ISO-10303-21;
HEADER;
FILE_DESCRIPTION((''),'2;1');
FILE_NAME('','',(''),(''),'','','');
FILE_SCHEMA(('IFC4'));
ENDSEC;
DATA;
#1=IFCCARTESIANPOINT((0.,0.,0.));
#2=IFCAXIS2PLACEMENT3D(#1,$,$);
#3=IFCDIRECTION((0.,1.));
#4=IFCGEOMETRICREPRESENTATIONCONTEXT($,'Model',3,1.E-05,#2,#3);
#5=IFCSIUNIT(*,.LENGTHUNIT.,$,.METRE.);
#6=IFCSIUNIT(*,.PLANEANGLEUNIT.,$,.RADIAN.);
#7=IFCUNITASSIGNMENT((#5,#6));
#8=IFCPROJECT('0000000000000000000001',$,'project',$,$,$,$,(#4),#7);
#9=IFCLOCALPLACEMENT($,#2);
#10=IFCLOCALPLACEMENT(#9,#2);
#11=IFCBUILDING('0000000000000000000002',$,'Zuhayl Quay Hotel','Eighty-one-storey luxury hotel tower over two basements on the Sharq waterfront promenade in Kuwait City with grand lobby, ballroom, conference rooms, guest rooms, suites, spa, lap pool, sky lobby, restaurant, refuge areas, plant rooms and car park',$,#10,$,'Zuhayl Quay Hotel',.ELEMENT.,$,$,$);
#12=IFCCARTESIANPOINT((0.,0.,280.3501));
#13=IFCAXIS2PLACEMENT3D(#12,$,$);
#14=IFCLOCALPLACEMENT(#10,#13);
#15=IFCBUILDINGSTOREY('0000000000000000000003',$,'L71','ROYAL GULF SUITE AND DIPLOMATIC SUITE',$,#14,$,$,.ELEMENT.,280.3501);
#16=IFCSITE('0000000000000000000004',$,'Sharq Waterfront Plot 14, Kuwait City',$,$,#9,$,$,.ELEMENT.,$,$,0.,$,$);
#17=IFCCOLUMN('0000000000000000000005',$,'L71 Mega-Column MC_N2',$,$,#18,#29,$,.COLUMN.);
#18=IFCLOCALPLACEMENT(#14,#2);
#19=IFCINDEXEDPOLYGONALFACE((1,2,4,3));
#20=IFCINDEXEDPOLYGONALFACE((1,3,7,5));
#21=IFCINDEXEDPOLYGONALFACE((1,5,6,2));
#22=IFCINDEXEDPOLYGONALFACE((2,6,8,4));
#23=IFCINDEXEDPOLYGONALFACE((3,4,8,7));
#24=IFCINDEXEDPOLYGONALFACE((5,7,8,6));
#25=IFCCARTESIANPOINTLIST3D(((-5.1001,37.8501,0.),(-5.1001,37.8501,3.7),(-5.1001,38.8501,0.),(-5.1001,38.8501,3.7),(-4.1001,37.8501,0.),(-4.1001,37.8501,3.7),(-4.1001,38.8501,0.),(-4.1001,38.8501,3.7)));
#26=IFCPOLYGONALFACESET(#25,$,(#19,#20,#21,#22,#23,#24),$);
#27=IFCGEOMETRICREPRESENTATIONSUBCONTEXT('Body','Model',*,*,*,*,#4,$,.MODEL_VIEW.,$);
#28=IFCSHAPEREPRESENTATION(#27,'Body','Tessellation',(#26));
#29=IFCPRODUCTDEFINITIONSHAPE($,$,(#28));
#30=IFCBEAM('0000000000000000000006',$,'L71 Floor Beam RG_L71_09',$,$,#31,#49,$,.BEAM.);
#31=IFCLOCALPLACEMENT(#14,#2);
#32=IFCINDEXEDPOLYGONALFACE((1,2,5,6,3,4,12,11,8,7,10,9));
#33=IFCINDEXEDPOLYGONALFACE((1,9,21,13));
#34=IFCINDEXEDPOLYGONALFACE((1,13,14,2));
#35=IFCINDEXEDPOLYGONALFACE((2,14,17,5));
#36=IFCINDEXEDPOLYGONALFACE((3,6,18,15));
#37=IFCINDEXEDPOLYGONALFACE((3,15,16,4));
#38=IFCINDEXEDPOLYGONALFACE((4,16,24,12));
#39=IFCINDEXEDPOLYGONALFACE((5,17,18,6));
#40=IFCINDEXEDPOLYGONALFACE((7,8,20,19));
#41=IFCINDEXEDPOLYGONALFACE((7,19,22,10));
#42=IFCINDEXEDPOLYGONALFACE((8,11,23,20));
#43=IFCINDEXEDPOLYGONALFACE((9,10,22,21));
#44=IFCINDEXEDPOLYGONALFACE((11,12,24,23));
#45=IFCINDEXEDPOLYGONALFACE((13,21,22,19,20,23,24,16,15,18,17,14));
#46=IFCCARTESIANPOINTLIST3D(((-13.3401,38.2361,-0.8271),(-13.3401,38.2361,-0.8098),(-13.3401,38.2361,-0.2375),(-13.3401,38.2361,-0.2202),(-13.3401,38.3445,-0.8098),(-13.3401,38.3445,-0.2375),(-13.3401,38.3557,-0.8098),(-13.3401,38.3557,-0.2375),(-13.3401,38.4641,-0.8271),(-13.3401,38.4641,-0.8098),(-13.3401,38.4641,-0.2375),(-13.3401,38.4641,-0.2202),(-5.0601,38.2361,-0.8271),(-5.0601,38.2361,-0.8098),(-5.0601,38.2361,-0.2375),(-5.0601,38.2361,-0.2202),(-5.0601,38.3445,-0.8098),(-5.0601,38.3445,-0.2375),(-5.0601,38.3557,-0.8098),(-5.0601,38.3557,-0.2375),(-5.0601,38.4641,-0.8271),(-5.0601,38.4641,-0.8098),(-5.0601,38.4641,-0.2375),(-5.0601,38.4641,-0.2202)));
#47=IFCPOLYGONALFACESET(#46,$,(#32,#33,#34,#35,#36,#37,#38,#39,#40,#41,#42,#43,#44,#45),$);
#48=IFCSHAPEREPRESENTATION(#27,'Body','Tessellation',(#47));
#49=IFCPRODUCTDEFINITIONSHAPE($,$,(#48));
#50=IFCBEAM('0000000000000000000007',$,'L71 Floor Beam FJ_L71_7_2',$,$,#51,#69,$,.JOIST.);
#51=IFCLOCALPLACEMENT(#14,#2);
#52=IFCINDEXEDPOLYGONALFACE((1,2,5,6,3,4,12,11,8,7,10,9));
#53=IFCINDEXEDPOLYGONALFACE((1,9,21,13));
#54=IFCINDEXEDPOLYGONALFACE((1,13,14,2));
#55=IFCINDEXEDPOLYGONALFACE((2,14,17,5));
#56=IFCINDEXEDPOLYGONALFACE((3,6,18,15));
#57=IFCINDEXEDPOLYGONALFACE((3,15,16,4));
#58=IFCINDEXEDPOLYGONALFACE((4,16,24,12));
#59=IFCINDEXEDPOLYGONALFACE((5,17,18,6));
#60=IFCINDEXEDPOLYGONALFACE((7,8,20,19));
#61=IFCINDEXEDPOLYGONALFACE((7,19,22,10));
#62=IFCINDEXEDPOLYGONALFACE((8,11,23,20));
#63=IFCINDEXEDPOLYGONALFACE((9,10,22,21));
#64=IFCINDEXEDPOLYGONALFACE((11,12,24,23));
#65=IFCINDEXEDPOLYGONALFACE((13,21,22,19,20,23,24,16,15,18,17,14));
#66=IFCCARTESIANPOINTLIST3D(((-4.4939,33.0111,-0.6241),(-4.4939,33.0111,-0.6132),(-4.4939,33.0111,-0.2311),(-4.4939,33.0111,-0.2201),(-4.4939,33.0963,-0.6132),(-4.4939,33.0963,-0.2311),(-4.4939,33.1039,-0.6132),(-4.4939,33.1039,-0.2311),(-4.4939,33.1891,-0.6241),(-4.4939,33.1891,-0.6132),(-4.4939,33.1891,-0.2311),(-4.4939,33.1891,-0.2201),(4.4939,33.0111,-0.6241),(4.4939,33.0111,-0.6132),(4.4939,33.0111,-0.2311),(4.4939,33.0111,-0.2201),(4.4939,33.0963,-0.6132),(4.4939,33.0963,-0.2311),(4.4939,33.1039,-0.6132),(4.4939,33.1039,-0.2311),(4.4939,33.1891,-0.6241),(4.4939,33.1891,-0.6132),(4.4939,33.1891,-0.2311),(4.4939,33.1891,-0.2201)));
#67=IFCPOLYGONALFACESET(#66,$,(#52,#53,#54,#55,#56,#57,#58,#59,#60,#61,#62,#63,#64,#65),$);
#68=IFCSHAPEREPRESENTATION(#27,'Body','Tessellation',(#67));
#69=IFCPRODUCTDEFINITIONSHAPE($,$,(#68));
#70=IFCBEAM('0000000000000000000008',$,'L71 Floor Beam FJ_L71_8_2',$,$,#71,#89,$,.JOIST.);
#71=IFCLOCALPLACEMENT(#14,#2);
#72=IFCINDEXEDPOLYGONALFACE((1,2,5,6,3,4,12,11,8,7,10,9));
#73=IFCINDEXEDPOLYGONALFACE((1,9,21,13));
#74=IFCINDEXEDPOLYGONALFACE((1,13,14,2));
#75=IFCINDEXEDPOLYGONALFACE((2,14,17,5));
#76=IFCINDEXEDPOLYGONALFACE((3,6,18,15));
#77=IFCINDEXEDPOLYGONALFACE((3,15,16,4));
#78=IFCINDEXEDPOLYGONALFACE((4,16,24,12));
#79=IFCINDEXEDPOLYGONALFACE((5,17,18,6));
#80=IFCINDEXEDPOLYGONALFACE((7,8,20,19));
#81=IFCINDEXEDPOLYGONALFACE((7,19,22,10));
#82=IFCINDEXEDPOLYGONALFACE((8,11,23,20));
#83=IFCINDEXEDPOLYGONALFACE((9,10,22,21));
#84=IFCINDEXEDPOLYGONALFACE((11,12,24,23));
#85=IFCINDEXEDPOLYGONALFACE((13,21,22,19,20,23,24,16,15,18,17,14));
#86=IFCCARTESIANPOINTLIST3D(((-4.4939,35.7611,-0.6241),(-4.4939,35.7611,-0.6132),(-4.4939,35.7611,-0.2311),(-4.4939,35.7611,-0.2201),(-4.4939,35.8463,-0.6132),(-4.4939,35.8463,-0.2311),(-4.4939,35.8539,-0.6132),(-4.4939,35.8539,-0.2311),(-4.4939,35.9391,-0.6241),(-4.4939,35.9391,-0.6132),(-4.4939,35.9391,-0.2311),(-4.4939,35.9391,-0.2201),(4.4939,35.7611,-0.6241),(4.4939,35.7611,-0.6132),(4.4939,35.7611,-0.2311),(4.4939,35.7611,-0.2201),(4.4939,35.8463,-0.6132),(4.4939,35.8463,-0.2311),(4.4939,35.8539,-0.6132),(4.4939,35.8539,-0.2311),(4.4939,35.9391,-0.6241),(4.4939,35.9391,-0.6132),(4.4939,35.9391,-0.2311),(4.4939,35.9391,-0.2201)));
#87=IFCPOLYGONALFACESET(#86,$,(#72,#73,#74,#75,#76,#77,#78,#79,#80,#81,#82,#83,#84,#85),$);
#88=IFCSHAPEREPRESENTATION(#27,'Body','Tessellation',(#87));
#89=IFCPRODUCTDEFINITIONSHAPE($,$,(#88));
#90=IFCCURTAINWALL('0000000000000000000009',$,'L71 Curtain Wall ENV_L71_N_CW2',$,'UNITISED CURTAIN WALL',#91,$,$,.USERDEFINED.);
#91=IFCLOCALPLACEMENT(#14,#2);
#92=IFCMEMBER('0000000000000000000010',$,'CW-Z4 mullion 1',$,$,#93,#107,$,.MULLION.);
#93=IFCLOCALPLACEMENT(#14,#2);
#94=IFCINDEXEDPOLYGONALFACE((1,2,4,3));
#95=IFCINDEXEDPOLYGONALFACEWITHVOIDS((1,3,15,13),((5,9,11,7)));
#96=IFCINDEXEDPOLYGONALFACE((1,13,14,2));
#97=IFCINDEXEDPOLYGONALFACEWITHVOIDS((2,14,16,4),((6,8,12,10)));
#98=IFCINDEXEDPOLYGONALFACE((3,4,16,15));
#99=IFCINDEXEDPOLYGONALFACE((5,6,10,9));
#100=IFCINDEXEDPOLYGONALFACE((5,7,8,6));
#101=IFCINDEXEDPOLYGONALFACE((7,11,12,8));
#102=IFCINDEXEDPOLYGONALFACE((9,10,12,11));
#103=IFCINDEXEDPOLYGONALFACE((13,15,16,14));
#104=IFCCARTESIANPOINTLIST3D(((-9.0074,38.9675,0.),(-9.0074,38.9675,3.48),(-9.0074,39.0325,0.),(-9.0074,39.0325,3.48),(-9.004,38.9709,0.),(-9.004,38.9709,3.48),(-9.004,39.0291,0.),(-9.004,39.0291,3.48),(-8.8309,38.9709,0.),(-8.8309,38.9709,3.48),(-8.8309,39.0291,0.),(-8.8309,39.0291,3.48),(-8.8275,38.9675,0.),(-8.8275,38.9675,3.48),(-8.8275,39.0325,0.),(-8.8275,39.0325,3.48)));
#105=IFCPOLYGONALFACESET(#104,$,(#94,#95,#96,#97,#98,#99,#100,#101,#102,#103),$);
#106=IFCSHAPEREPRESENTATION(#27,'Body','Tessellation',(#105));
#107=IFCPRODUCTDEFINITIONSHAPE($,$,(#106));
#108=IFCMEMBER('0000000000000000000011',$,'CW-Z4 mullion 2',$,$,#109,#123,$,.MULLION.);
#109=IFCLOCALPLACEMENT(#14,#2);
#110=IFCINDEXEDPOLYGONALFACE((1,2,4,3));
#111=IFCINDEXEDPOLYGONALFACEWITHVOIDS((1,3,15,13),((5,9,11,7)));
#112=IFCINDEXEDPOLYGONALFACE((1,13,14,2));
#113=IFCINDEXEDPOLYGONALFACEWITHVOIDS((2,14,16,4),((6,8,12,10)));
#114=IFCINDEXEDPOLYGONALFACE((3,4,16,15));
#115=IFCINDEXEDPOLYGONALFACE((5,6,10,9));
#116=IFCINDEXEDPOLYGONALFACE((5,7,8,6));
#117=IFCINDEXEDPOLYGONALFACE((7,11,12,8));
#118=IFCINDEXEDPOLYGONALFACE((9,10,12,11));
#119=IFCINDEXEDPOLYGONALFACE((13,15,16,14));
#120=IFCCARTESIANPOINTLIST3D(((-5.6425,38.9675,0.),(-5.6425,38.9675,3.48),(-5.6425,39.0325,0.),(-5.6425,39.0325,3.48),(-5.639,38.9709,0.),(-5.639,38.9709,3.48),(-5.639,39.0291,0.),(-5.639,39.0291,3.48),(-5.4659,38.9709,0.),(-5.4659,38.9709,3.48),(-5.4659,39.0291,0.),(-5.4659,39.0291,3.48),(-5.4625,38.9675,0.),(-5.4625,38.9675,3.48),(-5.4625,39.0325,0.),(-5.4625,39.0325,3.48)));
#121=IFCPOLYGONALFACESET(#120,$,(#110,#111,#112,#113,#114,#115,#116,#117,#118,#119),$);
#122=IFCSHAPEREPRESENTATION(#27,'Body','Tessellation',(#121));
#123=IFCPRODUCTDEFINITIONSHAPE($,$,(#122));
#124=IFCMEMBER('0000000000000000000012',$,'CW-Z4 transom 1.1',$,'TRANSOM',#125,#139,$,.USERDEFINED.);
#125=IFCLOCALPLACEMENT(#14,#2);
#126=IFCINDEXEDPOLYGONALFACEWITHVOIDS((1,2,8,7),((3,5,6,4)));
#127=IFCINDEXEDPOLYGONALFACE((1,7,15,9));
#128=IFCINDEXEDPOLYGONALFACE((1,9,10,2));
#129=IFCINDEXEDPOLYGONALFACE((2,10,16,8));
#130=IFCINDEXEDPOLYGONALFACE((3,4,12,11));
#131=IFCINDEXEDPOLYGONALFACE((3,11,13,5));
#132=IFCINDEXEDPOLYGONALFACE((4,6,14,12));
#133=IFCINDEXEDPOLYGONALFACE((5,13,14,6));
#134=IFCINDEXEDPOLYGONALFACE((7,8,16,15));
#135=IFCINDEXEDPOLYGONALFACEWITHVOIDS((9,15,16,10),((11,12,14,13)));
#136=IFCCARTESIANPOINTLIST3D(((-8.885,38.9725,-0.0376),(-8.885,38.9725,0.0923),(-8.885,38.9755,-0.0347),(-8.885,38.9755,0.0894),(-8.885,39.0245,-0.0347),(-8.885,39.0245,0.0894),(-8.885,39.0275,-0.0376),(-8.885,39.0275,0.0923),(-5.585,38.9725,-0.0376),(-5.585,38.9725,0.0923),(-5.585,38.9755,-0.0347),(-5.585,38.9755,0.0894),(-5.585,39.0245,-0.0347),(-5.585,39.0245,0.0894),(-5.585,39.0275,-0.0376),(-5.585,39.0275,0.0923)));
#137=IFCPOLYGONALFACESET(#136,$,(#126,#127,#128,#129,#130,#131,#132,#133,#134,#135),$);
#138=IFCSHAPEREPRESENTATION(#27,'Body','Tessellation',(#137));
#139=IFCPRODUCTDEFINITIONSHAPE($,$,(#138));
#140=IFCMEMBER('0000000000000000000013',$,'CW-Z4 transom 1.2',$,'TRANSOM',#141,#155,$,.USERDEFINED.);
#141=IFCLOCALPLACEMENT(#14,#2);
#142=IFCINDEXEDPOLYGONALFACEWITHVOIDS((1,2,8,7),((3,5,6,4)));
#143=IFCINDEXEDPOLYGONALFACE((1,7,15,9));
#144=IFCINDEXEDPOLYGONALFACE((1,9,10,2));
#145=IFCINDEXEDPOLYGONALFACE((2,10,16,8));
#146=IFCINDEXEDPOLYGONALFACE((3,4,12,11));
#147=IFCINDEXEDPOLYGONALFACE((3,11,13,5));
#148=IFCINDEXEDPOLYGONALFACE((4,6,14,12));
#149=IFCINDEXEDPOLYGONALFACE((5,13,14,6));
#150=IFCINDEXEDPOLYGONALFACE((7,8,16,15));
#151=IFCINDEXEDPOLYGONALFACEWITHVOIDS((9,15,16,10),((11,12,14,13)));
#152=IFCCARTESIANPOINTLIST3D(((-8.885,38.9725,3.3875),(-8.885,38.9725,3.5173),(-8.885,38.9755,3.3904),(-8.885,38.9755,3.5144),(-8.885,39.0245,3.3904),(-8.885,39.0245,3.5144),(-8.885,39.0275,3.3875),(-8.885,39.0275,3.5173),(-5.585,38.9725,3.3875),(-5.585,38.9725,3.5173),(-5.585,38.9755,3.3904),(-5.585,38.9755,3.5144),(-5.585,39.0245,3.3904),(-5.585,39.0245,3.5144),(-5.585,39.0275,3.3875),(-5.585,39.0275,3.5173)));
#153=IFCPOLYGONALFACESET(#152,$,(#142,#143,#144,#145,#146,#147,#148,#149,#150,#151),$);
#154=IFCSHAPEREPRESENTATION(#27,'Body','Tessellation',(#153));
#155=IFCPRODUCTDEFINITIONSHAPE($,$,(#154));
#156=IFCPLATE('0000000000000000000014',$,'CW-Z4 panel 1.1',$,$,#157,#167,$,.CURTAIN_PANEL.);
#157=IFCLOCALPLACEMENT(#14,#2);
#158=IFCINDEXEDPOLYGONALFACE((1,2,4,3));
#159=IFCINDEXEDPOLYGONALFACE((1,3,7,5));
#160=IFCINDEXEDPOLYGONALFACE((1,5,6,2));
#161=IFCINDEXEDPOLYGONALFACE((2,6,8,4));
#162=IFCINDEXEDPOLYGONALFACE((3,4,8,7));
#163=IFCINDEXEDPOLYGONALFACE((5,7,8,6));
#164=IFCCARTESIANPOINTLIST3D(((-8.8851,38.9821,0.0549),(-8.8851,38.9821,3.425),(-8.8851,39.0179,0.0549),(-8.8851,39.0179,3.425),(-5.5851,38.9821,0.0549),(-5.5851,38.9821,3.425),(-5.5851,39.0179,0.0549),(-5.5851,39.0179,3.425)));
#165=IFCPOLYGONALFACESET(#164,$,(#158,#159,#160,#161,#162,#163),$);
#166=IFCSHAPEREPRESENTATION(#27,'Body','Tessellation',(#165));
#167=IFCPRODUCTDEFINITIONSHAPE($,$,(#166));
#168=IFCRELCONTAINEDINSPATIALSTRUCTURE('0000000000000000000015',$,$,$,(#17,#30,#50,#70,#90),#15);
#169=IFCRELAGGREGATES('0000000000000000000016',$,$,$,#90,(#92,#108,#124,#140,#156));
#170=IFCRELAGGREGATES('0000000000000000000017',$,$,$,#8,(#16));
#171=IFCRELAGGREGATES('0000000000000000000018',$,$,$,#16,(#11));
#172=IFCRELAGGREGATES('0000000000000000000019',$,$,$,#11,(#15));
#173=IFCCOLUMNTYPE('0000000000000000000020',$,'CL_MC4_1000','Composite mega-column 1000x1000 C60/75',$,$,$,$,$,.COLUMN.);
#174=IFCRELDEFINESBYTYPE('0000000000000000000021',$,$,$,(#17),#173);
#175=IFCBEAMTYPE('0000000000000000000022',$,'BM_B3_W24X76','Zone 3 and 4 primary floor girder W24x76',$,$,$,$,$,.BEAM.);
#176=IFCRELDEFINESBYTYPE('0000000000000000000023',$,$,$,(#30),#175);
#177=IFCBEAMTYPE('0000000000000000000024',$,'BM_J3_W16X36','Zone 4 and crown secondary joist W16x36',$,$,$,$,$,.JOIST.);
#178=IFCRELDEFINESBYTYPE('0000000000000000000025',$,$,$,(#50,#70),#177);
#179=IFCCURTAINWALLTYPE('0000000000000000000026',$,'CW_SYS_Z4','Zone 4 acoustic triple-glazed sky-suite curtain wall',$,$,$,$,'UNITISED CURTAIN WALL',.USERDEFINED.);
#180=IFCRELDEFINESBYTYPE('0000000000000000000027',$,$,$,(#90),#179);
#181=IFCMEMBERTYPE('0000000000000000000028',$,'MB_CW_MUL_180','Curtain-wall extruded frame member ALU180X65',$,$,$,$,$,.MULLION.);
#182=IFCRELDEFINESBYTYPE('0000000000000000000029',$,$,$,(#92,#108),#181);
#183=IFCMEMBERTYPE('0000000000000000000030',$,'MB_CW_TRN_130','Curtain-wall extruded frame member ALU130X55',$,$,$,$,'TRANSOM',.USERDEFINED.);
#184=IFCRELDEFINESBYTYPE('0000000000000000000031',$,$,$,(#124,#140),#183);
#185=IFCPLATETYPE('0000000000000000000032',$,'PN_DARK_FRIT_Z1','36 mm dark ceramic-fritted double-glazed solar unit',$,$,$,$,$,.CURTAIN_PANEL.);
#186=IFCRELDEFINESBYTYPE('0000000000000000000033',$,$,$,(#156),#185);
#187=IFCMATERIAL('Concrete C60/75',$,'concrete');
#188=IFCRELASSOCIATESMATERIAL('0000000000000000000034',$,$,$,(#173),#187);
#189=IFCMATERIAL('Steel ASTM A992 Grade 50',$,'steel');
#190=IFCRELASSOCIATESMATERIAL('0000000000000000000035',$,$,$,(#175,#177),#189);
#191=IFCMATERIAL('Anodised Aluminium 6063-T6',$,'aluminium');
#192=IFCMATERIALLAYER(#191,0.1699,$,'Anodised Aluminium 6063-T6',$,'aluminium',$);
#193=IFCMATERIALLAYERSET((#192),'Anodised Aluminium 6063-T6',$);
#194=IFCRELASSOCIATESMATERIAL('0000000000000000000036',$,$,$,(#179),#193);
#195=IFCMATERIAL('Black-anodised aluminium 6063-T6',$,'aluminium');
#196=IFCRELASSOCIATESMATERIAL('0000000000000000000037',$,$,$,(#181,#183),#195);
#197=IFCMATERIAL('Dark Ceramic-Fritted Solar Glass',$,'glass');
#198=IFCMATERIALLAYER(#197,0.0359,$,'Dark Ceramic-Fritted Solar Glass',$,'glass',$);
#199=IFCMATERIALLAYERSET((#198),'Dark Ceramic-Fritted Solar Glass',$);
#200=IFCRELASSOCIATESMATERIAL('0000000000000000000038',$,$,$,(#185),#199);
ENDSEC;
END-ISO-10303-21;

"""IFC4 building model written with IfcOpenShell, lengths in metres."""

from ifc_helpers import new_model, si_unit, direction, frame, origin, origin_2d, place, context, subcontext, project, spatial, rectangle, hollow_rectangle, i_section, extrude, material, layer, layer_set, material_profile, profile_set, type_object, element, aggregate, save


model = new_model("IFC4")

# Units and contexts
model_context = context("Model", 3, precision=1e-05, world=origin(), true_north=direction((0.0, 1.0)))
body_context = subcontext(model_context, "Body", "Model", "MODEL_VIEW")
ifc_project = project(units=[si_unit("LENGTHUNIT", "METRE"), si_unit("PLANEANGLEUNIT", "RADIAN")], contexts=[model_context])

# Site, building, storey
site_placement = place(None, origin())
site = spatial("IfcSite", under=ifc_project, at=site_placement, Name="Sharq Waterfront Plot 14, Kuwait City", CompositionType="ELEMENT", RefElevation=0.0)
building_placement = place(site_placement, origin())
building = spatial("IfcBuilding", under=site, at=building_placement, Name="Zuhayl Quay Hotel", Description="Eighty-one-storey luxury hotel tower over two basements on the Sharq waterfront promenade in Kuwait City with grand lobby, ballroom, conference rooms, guest rooms, suites, spa, lap pool, sky lobby, restaurant, refuge areas, plant rooms and car park", LongName="Zuhayl Quay Hotel", CompositionType="ELEMENT")
storey_placement = place(building_placement, frame((0.0, 0.0, 280.3501)))
storey = spatial("IfcBuildingStorey", under=building, at=storey_placement, Name="L71", Description="ROYAL GULF SUITE AND DIPLOMATIC SUITE", CompositionType="ELEMENT", Elevation=280.3501)

# Column
ifc_material_1 = material(Name="Concrete C60/75", Category="concrete")
ifc_material_profile_1 = material_profile(ifc_material_1, rectangle(XDim=1.0, YDim=1.0, at=origin_2d()), Name="RC1000X1000")
ifc_profile_set_1 = profile_set([ifc_material_profile_1], Name="Concrete C60/75")
column_type = type_object("IfcColumnType", Name="CL_MC4_1000", Description="Composite mega-column 1000x1000 C60/75", PredefinedType="COLUMN", material=ifc_profile_set_1)
column_placement = place(storey_placement, frame((-4.6001, 38.3501, 0.0), z_axis=(0.0, 0.0, 1.0), x_axis=(1.0, 0.0, 0.0)))
element("IfcColumn", 1, at=column_placement, inside=storey, type_object=column_type, Name="L71 Mega-Column MC_N2", PredefinedType="COLUMN", context=body_context, shape_type="SweptSolid", body=[
    extrude(rectangle(XDim=1.0, YDim=1.0, at=origin_2d()), origin(), (0.0, 0.0, 1.0), 3.7),
])

# Beams
ifc_material_2 = material(Name="Steel ASTM A992 Grade 50", Category="steel")
ifc_material_profile_2 = material_profile(ifc_material_2, i_section(OverallWidth=0.228, OverallDepth=0.6069, WebThickness=0.0112, FlangeThickness=0.0173, at=origin_2d()), Name="W24X76")
ifc_profile_set_2 = profile_set([ifc_material_profile_2], Name="Steel ASTM A992 Grade 50")
beam_type_1 = type_object("IfcBeamType", Name="BM_B3_W24X76", Description="Zone 3 and 4 primary floor girder W24x76", PredefinedType="BEAM", material=ifc_profile_set_2)
beam_placement = place(storey_placement, frame((-5.0601, 38.3501, -0.5237), z_axis=(-1.0, 0.0, 0.0), x_axis=(0.0, -1.0, 0.0)))
element("IfcBeam", 2, at=beam_placement, inside=storey, type_object=beam_type_1, Name="L71 Floor Beam RG_L71_09", PredefinedType="BEAM", context=body_context, shape_type="SweptSolid", body=[
    extrude(i_section(OverallWidth=0.228, OverallDepth=0.6069, WebThickness=0.0112, FlangeThickness=0.0173, at=origin_2d()), origin(), (0.0, 0.0, 1.0), 8.28),
])
ifc_material_profile_3 = material_profile(ifc_material_2, i_section(OverallWidth=0.178, OverallDepth=0.4041, WebThickness=0.0076, FlangeThickness=0.011, at=origin_2d()), Name="W16X36")
ifc_profile_set_3 = profile_set([ifc_material_profile_3], Name="Steel ASTM A992 Grade 50")
beam_type_2 = type_object("IfcBeamType", Name="BM_J3_W16X36", Description="Zone 4 and crown secondary joist W16x36", PredefinedType="JOIST", material=ifc_profile_set_3)
for number, where, z_axis, x_axis, name in (
    (3, (-4.4939, 33.1001, -0.4221), (1.0, 0.0, 0.0), (0.0, 1.0, 0.0), "L71 Floor Beam FJ_L71_7_2"),
    (4, (-4.4939, 35.8501, -0.4221), (1.0, 0.0, 0.0), (0.0, 1.0, 0.0), "L71 Floor Beam FJ_L71_8_2"),
):
    element("IfcBeam", number, at=place(storey_placement, frame(where, z_axis=z_axis, x_axis=x_axis)), inside=storey, type_object=beam_type_2, Name=name, PredefinedType="JOIST", context=body_context, shape_type="SweptSolid", body=[
        extrude(i_section(OverallWidth=0.178, OverallDepth=0.4041, WebThickness=0.0076, FlangeThickness=0.011, at=origin_2d()), origin(), (0.0, 0.0, 1.0), 8.9878),
    ])

# Curtain wall, members, plate
ifc_material_3 = material(Name="Anodised Aluminium 6063-T6", Category="aluminium")
ifc_layer_1 = layer(ifc_material_3, 0.1699, Name="Anodised Aluminium 6063-T6", Category="aluminium")
ifc_layer_set_1 = layer_set([ifc_layer_1], Name="Anodised Aluminium 6063-T6")
curtain_wall_type = type_object("IfcCurtainWallType", Name="CW_SYS_Z4", Description="Zone 4 acoustic triple-glazed sky-suite curtain wall", ElementType="UNITISED CURTAIN WALL", PredefinedType="USERDEFINED", material=ifc_layer_set_1)
curtain_wall_placement = place(storey_placement, origin())
curtain_wall = element("IfcCurtainWall", 5, at=curtain_wall_placement, inside=storey, type_object=curtain_wall_type, Name="L71 Curtain Wall ENV_L71_N_CW2", ObjectType="UNITISED CURTAIN WALL", PredefinedType="USERDEFINED")
ifc_material_4 = material(Name="Black-anodised aluminium 6063-T6", Category="aluminium")
ifc_material_profile_4 = material_profile(ifc_material_4, hollow_rectangle(XDim=0.0649, YDim=0.1799, WallThickness=0.0034, at=origin_2d()), Name="ALU180X65")
ifc_profile_set_4 = profile_set([ifc_material_profile_4], Name="Black-anodised aluminium 6063-T6")
member_type_1 = type_object("IfcMemberType", Name="MB_CW_MUL_180", Description="Curtain-wall extruded frame member ALU180X65", PredefinedType="MULLION", material=ifc_profile_set_4)
member_1_placement = place(storey_placement, frame((-8.9175, 39.0, 0.0), z_axis=(0.0, 0.0, 1.0), x_axis=(0.0, 1.0, 0.0)))
member_1 = element("IfcMember", 6, at=member_1_placement, type_object=member_type_1, Name="CW-Z4 mullion 1", PredefinedType="MULLION", context=body_context, shape_type="SweptSolid", body=[
    extrude(hollow_rectangle(XDim=0.0649, YDim=0.1799, WallThickness=0.0034, at=origin_2d()), origin(), (0.0, 0.0, 1.0), 3.48),
])
member_2_placement = place(storey_placement, frame((-5.5525, 39.0, 0.0), z_axis=(0.0, 0.0, 1.0), x_axis=(0.0, 1.0, 0.0)))
member_2 = element("IfcMember", 7, at=member_2_placement, type_object=member_type_1, Name="CW-Z4 mullion 2", PredefinedType="MULLION", context=body_context, shape_type="SweptSolid", body=[
    extrude(hollow_rectangle(XDim=0.0649, YDim=0.1799, WallThickness=0.0034, at=origin_2d()), origin(), (0.0, 0.0, 1.0), 3.48),
])
ifc_material_profile_5 = material_profile(ifc_material_4, hollow_rectangle(XDim=0.0549, YDim=0.1299, WallThickness=0.0029, at=origin_2d()), Name="ALU130X55")
ifc_profile_set_5 = profile_set([ifc_material_profile_5], Name="Black-anodised aluminium 6063-T6")
member_type_2 = type_object("IfcMemberType", Name="MB_CW_TRN_130", Description="Curtain-wall extruded frame member ALU130X55", ElementType="TRANSOM", PredefinedType="USERDEFINED", material=ifc_profile_set_5)
member_3_placement = place(storey_placement, frame((-8.885, 39.0, 0.0273), z_axis=(1.0, 0.0, 0.0), x_axis=(0.0, 1.0, 0.0)))
member_3 = element("IfcMember", 8, at=member_3_placement, type_object=member_type_2, Name="CW-Z4 transom 1.1", ObjectType="TRANSOM", PredefinedType="USERDEFINED", context=body_context, shape_type="SweptSolid", body=[
    extrude(hollow_rectangle(XDim=0.0549, YDim=0.1299, WallThickness=0.0029, at=origin_2d()), origin(), (0.0, 0.0, 1.0), 3.3),
])
member_4_placement = place(storey_placement, frame((-8.885, 39.0, 3.4524), z_axis=(1.0, 0.0, 0.0), x_axis=(0.0, 1.0, 0.0)))
member_4 = element("IfcMember", 9, at=member_4_placement, type_object=member_type_2, Name="CW-Z4 transom 1.2", ObjectType="TRANSOM", PredefinedType="USERDEFINED", context=body_context, shape_type="SweptSolid", body=[
    extrude(hollow_rectangle(XDim=0.0549, YDim=0.1299, WallThickness=0.0029, at=origin_2d()), origin(), (0.0, 0.0, 1.0), 3.3),
])
ifc_material_5 = material(Name="Dark Ceramic-Fritted Solar Glass", Category="glass")
ifc_layer_2 = layer(ifc_material_5, 0.0359, Name="Dark Ceramic-Fritted Solar Glass", Category="glass")
ifc_layer_set_2 = layer_set([ifc_layer_2], Name="Dark Ceramic-Fritted Solar Glass")
plate_type = type_object("IfcPlateType", Name="PN_DARK_FRIT_Z1", Description="36 mm dark ceramic-fritted double-glazed solar unit", PredefinedType="CURTAIN_PANEL", material=ifc_layer_set_2)
plate_placement = place(storey_placement, frame((-7.2351, 39.0, 0.0549), z_axis=(0.0, 0.0, 1.0), x_axis=(1.0, 0.0, 0.0)))
plate = element("IfcPlate", 10, at=plate_placement, type_object=plate_type, Name="CW-Z4 panel 1.1", PredefinedType="CURTAIN_PANEL", context=body_context, shape_type="SweptSolid", body=[
    extrude(rectangle(XDim=3.3, YDim=0.0359, at=origin_2d()), origin(), (0.0, 0.0, 1.0), 3.3701),
])
aggregate(curtain_wall, [member_1, member_2, member_3, member_4, plate])

save(model, "model.ifc")
